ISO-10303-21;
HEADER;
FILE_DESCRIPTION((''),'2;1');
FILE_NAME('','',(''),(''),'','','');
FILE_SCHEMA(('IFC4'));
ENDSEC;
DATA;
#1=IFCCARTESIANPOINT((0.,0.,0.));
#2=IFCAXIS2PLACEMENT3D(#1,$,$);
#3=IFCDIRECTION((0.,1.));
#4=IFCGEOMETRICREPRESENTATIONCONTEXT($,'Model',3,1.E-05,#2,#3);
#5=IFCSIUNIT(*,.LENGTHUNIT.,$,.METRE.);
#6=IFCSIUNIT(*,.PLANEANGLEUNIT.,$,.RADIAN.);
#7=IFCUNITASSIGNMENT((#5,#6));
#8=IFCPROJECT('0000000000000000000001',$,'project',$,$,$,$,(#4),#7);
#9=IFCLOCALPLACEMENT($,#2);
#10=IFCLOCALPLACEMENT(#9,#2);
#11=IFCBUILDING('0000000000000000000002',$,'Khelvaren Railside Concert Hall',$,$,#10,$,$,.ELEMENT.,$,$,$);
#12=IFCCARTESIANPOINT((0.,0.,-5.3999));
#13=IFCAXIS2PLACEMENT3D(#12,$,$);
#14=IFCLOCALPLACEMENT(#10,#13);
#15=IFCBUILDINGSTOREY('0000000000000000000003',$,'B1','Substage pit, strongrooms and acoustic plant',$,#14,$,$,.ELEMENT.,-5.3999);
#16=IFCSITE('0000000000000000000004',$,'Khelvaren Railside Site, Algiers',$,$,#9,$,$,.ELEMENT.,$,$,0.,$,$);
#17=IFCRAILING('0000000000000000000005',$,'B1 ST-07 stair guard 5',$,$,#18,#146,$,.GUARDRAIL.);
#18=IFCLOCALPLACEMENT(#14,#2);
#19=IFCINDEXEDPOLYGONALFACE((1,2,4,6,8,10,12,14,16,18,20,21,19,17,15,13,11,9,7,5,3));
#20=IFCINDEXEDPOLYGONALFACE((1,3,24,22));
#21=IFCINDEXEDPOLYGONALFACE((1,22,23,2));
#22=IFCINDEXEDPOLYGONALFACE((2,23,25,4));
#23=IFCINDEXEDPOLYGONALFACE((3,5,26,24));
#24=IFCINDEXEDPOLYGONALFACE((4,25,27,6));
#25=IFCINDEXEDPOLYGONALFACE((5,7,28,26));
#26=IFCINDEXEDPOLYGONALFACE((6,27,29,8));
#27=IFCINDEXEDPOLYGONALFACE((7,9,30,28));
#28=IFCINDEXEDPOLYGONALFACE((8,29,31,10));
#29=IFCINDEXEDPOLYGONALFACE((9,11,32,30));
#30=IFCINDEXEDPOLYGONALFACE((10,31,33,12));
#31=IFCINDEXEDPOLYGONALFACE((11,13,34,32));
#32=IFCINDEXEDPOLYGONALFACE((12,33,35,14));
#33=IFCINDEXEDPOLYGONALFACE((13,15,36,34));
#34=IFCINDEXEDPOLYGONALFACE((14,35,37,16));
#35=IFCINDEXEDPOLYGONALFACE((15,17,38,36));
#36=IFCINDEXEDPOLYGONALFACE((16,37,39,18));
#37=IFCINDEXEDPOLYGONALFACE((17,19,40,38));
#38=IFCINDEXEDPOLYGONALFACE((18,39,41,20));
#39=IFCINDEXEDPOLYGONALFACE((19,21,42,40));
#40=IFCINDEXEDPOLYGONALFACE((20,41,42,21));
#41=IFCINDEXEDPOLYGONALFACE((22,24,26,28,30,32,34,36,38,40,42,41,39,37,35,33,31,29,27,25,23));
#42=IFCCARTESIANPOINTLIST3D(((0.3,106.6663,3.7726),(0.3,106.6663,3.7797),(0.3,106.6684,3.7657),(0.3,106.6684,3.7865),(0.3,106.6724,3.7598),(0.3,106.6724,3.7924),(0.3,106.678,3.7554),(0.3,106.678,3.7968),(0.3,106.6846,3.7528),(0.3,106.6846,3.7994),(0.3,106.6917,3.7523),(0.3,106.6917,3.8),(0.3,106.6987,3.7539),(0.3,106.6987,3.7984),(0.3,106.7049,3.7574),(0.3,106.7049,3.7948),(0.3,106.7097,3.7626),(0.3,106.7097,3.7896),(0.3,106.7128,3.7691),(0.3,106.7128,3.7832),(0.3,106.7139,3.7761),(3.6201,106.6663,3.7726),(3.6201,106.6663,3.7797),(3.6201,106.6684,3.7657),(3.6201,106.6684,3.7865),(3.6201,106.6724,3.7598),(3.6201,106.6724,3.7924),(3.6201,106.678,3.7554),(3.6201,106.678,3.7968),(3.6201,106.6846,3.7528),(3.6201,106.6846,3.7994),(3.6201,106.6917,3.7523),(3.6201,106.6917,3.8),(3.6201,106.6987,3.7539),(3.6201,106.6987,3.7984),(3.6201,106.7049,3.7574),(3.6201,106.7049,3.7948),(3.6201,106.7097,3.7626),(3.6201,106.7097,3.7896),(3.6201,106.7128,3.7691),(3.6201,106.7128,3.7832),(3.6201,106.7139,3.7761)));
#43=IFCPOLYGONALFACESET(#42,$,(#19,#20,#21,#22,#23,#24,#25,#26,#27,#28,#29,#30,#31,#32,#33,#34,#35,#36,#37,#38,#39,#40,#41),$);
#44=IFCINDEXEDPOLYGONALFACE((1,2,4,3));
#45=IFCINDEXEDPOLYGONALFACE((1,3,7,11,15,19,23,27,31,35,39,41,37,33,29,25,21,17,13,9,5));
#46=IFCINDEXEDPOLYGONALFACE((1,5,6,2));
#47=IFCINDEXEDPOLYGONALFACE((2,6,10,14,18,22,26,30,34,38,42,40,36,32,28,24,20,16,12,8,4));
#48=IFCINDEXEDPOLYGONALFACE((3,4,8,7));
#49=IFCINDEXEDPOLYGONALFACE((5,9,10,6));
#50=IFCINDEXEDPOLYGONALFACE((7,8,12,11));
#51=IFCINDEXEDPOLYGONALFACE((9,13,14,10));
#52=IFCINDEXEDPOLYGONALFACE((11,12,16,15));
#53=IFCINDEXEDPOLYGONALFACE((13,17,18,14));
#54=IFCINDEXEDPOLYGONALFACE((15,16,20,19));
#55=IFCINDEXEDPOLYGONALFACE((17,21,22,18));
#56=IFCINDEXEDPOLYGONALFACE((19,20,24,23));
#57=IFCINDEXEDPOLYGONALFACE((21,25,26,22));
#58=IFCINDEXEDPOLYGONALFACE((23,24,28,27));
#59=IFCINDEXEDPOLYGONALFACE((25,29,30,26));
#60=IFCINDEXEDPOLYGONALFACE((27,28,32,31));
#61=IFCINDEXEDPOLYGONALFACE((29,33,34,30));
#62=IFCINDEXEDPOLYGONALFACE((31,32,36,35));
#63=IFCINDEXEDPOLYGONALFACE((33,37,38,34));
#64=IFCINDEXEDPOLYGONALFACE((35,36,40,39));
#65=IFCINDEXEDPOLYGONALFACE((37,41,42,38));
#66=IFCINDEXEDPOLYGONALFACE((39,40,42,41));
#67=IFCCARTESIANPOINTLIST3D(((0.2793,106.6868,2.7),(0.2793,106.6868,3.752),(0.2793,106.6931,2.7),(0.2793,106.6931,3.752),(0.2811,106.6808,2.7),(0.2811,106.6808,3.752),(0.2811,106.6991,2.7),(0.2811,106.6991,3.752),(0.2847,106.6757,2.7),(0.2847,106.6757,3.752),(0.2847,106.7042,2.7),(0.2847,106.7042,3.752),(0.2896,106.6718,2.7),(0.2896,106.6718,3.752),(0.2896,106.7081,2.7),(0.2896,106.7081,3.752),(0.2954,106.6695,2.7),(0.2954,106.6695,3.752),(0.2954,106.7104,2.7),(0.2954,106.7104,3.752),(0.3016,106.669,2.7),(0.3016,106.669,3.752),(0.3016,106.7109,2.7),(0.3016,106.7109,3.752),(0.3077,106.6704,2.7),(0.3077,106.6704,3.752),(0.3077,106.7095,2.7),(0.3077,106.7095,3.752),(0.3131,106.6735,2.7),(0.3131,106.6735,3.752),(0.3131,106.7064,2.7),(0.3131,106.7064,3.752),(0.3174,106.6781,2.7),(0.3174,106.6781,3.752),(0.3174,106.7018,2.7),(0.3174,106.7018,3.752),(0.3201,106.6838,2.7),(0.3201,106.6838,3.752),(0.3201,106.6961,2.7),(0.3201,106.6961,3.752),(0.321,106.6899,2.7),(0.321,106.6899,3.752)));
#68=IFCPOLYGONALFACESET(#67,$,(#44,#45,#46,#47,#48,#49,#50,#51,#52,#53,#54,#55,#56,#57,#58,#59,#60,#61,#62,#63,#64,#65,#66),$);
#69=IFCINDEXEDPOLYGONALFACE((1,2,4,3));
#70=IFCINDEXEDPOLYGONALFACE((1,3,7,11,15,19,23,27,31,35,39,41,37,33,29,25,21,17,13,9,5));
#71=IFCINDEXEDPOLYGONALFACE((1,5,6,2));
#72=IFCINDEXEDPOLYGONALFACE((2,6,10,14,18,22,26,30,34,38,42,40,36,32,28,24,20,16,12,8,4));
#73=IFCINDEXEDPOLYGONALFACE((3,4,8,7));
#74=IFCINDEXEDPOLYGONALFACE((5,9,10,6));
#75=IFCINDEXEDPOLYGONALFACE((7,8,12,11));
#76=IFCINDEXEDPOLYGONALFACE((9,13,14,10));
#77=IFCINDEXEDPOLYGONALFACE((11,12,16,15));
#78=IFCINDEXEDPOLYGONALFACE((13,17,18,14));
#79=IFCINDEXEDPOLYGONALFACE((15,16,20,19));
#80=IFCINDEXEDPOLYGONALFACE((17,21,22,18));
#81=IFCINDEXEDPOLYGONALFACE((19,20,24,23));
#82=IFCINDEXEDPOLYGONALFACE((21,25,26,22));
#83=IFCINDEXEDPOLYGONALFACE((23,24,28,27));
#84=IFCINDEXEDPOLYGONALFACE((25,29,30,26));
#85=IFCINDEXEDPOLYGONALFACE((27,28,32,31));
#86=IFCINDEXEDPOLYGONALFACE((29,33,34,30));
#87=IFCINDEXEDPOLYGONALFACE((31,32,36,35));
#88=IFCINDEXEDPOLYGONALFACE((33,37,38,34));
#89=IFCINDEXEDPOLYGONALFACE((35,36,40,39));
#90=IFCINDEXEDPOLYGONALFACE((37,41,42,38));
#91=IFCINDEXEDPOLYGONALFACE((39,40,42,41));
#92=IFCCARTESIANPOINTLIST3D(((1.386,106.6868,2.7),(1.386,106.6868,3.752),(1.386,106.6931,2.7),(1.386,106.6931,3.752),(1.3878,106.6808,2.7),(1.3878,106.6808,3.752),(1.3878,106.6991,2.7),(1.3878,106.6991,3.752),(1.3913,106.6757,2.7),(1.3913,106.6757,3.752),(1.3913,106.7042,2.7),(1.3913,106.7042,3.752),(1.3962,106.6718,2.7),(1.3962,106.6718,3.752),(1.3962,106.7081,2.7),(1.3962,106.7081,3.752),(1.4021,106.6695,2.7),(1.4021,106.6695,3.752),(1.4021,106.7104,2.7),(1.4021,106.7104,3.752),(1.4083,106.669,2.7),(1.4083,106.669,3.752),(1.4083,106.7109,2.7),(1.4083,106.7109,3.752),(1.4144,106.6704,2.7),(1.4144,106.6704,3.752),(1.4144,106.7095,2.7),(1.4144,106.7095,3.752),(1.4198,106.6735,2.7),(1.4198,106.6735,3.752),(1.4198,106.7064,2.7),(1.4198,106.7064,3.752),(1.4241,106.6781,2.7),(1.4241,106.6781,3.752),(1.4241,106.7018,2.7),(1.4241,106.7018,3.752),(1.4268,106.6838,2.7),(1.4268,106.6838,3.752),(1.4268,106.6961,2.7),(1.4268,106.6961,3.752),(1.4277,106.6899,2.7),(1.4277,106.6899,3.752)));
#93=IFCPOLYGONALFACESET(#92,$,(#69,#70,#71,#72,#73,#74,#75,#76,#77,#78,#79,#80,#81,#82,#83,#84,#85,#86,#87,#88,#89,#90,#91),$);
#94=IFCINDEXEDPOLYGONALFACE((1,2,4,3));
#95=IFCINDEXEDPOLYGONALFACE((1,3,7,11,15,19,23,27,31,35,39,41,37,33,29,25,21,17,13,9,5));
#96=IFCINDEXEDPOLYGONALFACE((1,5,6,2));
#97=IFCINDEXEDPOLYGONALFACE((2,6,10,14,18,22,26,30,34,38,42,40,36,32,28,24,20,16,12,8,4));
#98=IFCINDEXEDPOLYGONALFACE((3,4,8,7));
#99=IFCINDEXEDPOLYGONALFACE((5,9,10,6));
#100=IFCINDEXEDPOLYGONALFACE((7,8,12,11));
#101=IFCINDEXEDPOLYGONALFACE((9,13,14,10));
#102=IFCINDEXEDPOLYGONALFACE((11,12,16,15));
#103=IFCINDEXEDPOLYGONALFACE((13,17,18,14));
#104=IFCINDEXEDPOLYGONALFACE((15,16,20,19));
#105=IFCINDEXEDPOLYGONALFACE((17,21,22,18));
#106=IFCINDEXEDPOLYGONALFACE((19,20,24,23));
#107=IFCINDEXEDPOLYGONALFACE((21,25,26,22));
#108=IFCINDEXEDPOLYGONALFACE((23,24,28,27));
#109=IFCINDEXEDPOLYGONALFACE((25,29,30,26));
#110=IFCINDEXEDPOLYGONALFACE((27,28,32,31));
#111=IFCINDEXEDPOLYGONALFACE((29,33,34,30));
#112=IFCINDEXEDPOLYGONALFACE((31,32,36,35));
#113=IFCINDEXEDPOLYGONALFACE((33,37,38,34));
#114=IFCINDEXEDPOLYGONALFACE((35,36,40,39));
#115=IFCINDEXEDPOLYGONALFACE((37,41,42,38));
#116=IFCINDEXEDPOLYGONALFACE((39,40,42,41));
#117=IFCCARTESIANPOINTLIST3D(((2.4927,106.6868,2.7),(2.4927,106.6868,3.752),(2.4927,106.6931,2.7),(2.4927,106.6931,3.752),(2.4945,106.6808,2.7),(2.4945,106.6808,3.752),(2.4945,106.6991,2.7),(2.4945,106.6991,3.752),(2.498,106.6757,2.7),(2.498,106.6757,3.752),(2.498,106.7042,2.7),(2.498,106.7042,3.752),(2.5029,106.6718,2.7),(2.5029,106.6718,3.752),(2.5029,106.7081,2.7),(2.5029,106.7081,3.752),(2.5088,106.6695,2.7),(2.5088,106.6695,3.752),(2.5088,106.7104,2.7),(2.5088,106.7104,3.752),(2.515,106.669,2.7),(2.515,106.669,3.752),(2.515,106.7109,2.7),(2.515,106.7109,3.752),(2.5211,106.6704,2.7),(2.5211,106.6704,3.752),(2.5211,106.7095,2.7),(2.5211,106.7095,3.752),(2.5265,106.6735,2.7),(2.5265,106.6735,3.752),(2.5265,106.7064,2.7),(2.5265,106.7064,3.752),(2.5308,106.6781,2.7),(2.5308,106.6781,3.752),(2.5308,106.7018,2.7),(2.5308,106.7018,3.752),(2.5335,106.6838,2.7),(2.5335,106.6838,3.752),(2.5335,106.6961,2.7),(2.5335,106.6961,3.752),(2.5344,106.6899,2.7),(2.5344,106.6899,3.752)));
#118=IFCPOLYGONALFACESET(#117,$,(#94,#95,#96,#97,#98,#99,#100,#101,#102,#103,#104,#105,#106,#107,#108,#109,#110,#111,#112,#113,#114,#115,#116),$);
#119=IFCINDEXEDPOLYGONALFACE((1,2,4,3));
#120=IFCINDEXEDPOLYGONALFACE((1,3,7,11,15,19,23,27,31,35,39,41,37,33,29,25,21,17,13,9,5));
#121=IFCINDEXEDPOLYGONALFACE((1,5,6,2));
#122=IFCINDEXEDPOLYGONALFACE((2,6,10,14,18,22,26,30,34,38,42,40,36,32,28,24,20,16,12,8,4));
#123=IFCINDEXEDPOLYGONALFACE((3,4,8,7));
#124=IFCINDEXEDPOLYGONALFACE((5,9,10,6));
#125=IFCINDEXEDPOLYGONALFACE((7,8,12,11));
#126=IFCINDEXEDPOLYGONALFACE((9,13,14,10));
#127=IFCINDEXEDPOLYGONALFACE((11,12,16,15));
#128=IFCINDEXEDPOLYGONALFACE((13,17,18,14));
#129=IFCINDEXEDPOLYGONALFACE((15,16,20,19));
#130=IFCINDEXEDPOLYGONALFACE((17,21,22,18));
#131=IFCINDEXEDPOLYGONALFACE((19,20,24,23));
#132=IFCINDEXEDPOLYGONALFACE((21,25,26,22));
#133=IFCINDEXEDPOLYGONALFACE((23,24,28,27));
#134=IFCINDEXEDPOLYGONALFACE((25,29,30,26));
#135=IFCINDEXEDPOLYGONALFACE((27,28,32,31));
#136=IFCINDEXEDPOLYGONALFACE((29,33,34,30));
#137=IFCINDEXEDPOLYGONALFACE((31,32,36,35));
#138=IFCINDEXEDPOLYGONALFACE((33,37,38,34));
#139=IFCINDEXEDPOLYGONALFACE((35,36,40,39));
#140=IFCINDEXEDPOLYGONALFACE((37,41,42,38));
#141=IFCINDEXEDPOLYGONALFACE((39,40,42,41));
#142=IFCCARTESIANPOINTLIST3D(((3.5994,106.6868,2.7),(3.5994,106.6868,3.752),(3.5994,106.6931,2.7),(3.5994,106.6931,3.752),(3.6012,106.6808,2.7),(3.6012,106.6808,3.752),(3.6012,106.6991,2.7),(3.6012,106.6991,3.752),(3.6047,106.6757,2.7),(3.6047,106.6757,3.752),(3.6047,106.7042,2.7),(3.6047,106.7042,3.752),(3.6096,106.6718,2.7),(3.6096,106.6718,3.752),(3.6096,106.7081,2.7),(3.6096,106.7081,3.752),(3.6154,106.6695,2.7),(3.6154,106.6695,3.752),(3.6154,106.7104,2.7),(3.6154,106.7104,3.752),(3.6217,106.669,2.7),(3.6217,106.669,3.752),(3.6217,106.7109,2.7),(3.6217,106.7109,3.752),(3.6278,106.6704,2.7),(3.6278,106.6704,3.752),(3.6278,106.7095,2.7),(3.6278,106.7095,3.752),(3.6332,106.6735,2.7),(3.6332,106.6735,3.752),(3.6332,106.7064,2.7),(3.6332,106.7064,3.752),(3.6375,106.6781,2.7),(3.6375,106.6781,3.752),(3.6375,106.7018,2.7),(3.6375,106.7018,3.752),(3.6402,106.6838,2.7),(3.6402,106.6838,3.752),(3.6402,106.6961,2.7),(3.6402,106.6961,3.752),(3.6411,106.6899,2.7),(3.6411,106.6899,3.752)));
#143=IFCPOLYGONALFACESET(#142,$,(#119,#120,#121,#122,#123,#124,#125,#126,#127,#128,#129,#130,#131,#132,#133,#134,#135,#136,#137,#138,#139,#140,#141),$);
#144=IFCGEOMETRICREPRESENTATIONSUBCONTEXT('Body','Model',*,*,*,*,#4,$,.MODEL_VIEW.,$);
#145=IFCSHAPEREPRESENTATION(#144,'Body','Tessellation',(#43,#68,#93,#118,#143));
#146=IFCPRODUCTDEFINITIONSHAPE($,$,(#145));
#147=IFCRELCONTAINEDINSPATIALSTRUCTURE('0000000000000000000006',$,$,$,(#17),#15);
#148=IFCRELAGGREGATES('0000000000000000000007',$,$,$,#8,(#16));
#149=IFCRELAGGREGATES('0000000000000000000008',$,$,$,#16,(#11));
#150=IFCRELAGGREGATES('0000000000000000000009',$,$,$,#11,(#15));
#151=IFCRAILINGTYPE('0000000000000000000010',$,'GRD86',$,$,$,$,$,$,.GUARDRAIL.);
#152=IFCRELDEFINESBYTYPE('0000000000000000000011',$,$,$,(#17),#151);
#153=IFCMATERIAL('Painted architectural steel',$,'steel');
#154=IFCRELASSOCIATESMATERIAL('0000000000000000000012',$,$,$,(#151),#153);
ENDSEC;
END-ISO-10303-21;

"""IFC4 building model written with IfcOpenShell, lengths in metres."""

from ifc_helpers import new_model, si_unit, direction, frame, origin, origin_2d, place, context, subcontext, project, spatial, circle, extrude, material, type_object, element, save


model = new_model("IFC4")

# Units and contexts
model_context = context("Model", 3, precision=1e-05, world=origin(), true_north=direction((0.0, 1.0)))
body_context = subcontext(model_context, "Body", "Model", "MODEL_VIEW")
ifc_project = project(units=[si_unit("LENGTHUNIT", "METRE"), si_unit("PLANEANGLEUNIT", "RADIAN")], contexts=[model_context])

# Site, building, storey
site_placement = place(None, origin())
site = spatial("IfcSite", under=ifc_project, at=site_placement, Name="Khelvaren Railside Site, Algiers", CompositionType="ELEMENT", RefElevation=0.0)
building_placement = place(site_placement, origin())
building = spatial("IfcBuilding", under=site, at=building_placement, Name="Khelvaren Railside Concert Hall", CompositionType="ELEMENT")
storey_placement = place(building_placement, frame((0.0, 0.0, -5.3999)))
storey = spatial("IfcBuildingStorey", under=building, at=storey_placement, Name="B1", Description="Substage pit, strongrooms and acoustic plant", CompositionType="ELEMENT", Elevation=-5.3999)

# Railing
ifc_material_1 = material(Name="Painted architectural steel", Category="steel")
railing_type_1 = type_object("IfcRailingType", Name="GRD86", PredefinedType="GUARDRAIL", material=ifc_material_1)
railing_1_placement = place(storey_placement, frame((0.3, 106.6899, 2.7)))
element("IfcRailing", 1, at=railing_1_placement, inside=storey, type_object=railing_type_1, Name="B1 ST-07 stair guard 5", PredefinedType="GUARDRAIL", context=body_context, shape_type="SweptSolid", body=[
    extrude(circle(Radius=0.0239, at=origin_2d()), frame((0.0, 0.0, 1.0762), z_axis=(1.0, 0.0, 0.0), x_axis=(0.0, 1.0, 0.0)), (0.0, 0.0, 1.0), 3.3201),
    extrude(circle(Radius=0.021, at=origin_2d()), origin(), (0.0, 0.0, 1.0), 1.052),
    extrude(circle(Radius=0.021, at=origin_2d()), frame((1.1067, 0.0, 0.0)), (0.0, 0.0, 1.0), 1.052),
    extrude(circle(Radius=0.021, at=origin_2d()), frame((2.2134, 0.0, 0.0)), (0.0, 0.0, 1.0), 1.052),
    extrude(circle(Radius=0.021, at=origin_2d()), frame((3.3201, 0.0, 0.0)), (0.0, 0.0, 1.0), 1.052),
])

save(model, "model.ifc")
